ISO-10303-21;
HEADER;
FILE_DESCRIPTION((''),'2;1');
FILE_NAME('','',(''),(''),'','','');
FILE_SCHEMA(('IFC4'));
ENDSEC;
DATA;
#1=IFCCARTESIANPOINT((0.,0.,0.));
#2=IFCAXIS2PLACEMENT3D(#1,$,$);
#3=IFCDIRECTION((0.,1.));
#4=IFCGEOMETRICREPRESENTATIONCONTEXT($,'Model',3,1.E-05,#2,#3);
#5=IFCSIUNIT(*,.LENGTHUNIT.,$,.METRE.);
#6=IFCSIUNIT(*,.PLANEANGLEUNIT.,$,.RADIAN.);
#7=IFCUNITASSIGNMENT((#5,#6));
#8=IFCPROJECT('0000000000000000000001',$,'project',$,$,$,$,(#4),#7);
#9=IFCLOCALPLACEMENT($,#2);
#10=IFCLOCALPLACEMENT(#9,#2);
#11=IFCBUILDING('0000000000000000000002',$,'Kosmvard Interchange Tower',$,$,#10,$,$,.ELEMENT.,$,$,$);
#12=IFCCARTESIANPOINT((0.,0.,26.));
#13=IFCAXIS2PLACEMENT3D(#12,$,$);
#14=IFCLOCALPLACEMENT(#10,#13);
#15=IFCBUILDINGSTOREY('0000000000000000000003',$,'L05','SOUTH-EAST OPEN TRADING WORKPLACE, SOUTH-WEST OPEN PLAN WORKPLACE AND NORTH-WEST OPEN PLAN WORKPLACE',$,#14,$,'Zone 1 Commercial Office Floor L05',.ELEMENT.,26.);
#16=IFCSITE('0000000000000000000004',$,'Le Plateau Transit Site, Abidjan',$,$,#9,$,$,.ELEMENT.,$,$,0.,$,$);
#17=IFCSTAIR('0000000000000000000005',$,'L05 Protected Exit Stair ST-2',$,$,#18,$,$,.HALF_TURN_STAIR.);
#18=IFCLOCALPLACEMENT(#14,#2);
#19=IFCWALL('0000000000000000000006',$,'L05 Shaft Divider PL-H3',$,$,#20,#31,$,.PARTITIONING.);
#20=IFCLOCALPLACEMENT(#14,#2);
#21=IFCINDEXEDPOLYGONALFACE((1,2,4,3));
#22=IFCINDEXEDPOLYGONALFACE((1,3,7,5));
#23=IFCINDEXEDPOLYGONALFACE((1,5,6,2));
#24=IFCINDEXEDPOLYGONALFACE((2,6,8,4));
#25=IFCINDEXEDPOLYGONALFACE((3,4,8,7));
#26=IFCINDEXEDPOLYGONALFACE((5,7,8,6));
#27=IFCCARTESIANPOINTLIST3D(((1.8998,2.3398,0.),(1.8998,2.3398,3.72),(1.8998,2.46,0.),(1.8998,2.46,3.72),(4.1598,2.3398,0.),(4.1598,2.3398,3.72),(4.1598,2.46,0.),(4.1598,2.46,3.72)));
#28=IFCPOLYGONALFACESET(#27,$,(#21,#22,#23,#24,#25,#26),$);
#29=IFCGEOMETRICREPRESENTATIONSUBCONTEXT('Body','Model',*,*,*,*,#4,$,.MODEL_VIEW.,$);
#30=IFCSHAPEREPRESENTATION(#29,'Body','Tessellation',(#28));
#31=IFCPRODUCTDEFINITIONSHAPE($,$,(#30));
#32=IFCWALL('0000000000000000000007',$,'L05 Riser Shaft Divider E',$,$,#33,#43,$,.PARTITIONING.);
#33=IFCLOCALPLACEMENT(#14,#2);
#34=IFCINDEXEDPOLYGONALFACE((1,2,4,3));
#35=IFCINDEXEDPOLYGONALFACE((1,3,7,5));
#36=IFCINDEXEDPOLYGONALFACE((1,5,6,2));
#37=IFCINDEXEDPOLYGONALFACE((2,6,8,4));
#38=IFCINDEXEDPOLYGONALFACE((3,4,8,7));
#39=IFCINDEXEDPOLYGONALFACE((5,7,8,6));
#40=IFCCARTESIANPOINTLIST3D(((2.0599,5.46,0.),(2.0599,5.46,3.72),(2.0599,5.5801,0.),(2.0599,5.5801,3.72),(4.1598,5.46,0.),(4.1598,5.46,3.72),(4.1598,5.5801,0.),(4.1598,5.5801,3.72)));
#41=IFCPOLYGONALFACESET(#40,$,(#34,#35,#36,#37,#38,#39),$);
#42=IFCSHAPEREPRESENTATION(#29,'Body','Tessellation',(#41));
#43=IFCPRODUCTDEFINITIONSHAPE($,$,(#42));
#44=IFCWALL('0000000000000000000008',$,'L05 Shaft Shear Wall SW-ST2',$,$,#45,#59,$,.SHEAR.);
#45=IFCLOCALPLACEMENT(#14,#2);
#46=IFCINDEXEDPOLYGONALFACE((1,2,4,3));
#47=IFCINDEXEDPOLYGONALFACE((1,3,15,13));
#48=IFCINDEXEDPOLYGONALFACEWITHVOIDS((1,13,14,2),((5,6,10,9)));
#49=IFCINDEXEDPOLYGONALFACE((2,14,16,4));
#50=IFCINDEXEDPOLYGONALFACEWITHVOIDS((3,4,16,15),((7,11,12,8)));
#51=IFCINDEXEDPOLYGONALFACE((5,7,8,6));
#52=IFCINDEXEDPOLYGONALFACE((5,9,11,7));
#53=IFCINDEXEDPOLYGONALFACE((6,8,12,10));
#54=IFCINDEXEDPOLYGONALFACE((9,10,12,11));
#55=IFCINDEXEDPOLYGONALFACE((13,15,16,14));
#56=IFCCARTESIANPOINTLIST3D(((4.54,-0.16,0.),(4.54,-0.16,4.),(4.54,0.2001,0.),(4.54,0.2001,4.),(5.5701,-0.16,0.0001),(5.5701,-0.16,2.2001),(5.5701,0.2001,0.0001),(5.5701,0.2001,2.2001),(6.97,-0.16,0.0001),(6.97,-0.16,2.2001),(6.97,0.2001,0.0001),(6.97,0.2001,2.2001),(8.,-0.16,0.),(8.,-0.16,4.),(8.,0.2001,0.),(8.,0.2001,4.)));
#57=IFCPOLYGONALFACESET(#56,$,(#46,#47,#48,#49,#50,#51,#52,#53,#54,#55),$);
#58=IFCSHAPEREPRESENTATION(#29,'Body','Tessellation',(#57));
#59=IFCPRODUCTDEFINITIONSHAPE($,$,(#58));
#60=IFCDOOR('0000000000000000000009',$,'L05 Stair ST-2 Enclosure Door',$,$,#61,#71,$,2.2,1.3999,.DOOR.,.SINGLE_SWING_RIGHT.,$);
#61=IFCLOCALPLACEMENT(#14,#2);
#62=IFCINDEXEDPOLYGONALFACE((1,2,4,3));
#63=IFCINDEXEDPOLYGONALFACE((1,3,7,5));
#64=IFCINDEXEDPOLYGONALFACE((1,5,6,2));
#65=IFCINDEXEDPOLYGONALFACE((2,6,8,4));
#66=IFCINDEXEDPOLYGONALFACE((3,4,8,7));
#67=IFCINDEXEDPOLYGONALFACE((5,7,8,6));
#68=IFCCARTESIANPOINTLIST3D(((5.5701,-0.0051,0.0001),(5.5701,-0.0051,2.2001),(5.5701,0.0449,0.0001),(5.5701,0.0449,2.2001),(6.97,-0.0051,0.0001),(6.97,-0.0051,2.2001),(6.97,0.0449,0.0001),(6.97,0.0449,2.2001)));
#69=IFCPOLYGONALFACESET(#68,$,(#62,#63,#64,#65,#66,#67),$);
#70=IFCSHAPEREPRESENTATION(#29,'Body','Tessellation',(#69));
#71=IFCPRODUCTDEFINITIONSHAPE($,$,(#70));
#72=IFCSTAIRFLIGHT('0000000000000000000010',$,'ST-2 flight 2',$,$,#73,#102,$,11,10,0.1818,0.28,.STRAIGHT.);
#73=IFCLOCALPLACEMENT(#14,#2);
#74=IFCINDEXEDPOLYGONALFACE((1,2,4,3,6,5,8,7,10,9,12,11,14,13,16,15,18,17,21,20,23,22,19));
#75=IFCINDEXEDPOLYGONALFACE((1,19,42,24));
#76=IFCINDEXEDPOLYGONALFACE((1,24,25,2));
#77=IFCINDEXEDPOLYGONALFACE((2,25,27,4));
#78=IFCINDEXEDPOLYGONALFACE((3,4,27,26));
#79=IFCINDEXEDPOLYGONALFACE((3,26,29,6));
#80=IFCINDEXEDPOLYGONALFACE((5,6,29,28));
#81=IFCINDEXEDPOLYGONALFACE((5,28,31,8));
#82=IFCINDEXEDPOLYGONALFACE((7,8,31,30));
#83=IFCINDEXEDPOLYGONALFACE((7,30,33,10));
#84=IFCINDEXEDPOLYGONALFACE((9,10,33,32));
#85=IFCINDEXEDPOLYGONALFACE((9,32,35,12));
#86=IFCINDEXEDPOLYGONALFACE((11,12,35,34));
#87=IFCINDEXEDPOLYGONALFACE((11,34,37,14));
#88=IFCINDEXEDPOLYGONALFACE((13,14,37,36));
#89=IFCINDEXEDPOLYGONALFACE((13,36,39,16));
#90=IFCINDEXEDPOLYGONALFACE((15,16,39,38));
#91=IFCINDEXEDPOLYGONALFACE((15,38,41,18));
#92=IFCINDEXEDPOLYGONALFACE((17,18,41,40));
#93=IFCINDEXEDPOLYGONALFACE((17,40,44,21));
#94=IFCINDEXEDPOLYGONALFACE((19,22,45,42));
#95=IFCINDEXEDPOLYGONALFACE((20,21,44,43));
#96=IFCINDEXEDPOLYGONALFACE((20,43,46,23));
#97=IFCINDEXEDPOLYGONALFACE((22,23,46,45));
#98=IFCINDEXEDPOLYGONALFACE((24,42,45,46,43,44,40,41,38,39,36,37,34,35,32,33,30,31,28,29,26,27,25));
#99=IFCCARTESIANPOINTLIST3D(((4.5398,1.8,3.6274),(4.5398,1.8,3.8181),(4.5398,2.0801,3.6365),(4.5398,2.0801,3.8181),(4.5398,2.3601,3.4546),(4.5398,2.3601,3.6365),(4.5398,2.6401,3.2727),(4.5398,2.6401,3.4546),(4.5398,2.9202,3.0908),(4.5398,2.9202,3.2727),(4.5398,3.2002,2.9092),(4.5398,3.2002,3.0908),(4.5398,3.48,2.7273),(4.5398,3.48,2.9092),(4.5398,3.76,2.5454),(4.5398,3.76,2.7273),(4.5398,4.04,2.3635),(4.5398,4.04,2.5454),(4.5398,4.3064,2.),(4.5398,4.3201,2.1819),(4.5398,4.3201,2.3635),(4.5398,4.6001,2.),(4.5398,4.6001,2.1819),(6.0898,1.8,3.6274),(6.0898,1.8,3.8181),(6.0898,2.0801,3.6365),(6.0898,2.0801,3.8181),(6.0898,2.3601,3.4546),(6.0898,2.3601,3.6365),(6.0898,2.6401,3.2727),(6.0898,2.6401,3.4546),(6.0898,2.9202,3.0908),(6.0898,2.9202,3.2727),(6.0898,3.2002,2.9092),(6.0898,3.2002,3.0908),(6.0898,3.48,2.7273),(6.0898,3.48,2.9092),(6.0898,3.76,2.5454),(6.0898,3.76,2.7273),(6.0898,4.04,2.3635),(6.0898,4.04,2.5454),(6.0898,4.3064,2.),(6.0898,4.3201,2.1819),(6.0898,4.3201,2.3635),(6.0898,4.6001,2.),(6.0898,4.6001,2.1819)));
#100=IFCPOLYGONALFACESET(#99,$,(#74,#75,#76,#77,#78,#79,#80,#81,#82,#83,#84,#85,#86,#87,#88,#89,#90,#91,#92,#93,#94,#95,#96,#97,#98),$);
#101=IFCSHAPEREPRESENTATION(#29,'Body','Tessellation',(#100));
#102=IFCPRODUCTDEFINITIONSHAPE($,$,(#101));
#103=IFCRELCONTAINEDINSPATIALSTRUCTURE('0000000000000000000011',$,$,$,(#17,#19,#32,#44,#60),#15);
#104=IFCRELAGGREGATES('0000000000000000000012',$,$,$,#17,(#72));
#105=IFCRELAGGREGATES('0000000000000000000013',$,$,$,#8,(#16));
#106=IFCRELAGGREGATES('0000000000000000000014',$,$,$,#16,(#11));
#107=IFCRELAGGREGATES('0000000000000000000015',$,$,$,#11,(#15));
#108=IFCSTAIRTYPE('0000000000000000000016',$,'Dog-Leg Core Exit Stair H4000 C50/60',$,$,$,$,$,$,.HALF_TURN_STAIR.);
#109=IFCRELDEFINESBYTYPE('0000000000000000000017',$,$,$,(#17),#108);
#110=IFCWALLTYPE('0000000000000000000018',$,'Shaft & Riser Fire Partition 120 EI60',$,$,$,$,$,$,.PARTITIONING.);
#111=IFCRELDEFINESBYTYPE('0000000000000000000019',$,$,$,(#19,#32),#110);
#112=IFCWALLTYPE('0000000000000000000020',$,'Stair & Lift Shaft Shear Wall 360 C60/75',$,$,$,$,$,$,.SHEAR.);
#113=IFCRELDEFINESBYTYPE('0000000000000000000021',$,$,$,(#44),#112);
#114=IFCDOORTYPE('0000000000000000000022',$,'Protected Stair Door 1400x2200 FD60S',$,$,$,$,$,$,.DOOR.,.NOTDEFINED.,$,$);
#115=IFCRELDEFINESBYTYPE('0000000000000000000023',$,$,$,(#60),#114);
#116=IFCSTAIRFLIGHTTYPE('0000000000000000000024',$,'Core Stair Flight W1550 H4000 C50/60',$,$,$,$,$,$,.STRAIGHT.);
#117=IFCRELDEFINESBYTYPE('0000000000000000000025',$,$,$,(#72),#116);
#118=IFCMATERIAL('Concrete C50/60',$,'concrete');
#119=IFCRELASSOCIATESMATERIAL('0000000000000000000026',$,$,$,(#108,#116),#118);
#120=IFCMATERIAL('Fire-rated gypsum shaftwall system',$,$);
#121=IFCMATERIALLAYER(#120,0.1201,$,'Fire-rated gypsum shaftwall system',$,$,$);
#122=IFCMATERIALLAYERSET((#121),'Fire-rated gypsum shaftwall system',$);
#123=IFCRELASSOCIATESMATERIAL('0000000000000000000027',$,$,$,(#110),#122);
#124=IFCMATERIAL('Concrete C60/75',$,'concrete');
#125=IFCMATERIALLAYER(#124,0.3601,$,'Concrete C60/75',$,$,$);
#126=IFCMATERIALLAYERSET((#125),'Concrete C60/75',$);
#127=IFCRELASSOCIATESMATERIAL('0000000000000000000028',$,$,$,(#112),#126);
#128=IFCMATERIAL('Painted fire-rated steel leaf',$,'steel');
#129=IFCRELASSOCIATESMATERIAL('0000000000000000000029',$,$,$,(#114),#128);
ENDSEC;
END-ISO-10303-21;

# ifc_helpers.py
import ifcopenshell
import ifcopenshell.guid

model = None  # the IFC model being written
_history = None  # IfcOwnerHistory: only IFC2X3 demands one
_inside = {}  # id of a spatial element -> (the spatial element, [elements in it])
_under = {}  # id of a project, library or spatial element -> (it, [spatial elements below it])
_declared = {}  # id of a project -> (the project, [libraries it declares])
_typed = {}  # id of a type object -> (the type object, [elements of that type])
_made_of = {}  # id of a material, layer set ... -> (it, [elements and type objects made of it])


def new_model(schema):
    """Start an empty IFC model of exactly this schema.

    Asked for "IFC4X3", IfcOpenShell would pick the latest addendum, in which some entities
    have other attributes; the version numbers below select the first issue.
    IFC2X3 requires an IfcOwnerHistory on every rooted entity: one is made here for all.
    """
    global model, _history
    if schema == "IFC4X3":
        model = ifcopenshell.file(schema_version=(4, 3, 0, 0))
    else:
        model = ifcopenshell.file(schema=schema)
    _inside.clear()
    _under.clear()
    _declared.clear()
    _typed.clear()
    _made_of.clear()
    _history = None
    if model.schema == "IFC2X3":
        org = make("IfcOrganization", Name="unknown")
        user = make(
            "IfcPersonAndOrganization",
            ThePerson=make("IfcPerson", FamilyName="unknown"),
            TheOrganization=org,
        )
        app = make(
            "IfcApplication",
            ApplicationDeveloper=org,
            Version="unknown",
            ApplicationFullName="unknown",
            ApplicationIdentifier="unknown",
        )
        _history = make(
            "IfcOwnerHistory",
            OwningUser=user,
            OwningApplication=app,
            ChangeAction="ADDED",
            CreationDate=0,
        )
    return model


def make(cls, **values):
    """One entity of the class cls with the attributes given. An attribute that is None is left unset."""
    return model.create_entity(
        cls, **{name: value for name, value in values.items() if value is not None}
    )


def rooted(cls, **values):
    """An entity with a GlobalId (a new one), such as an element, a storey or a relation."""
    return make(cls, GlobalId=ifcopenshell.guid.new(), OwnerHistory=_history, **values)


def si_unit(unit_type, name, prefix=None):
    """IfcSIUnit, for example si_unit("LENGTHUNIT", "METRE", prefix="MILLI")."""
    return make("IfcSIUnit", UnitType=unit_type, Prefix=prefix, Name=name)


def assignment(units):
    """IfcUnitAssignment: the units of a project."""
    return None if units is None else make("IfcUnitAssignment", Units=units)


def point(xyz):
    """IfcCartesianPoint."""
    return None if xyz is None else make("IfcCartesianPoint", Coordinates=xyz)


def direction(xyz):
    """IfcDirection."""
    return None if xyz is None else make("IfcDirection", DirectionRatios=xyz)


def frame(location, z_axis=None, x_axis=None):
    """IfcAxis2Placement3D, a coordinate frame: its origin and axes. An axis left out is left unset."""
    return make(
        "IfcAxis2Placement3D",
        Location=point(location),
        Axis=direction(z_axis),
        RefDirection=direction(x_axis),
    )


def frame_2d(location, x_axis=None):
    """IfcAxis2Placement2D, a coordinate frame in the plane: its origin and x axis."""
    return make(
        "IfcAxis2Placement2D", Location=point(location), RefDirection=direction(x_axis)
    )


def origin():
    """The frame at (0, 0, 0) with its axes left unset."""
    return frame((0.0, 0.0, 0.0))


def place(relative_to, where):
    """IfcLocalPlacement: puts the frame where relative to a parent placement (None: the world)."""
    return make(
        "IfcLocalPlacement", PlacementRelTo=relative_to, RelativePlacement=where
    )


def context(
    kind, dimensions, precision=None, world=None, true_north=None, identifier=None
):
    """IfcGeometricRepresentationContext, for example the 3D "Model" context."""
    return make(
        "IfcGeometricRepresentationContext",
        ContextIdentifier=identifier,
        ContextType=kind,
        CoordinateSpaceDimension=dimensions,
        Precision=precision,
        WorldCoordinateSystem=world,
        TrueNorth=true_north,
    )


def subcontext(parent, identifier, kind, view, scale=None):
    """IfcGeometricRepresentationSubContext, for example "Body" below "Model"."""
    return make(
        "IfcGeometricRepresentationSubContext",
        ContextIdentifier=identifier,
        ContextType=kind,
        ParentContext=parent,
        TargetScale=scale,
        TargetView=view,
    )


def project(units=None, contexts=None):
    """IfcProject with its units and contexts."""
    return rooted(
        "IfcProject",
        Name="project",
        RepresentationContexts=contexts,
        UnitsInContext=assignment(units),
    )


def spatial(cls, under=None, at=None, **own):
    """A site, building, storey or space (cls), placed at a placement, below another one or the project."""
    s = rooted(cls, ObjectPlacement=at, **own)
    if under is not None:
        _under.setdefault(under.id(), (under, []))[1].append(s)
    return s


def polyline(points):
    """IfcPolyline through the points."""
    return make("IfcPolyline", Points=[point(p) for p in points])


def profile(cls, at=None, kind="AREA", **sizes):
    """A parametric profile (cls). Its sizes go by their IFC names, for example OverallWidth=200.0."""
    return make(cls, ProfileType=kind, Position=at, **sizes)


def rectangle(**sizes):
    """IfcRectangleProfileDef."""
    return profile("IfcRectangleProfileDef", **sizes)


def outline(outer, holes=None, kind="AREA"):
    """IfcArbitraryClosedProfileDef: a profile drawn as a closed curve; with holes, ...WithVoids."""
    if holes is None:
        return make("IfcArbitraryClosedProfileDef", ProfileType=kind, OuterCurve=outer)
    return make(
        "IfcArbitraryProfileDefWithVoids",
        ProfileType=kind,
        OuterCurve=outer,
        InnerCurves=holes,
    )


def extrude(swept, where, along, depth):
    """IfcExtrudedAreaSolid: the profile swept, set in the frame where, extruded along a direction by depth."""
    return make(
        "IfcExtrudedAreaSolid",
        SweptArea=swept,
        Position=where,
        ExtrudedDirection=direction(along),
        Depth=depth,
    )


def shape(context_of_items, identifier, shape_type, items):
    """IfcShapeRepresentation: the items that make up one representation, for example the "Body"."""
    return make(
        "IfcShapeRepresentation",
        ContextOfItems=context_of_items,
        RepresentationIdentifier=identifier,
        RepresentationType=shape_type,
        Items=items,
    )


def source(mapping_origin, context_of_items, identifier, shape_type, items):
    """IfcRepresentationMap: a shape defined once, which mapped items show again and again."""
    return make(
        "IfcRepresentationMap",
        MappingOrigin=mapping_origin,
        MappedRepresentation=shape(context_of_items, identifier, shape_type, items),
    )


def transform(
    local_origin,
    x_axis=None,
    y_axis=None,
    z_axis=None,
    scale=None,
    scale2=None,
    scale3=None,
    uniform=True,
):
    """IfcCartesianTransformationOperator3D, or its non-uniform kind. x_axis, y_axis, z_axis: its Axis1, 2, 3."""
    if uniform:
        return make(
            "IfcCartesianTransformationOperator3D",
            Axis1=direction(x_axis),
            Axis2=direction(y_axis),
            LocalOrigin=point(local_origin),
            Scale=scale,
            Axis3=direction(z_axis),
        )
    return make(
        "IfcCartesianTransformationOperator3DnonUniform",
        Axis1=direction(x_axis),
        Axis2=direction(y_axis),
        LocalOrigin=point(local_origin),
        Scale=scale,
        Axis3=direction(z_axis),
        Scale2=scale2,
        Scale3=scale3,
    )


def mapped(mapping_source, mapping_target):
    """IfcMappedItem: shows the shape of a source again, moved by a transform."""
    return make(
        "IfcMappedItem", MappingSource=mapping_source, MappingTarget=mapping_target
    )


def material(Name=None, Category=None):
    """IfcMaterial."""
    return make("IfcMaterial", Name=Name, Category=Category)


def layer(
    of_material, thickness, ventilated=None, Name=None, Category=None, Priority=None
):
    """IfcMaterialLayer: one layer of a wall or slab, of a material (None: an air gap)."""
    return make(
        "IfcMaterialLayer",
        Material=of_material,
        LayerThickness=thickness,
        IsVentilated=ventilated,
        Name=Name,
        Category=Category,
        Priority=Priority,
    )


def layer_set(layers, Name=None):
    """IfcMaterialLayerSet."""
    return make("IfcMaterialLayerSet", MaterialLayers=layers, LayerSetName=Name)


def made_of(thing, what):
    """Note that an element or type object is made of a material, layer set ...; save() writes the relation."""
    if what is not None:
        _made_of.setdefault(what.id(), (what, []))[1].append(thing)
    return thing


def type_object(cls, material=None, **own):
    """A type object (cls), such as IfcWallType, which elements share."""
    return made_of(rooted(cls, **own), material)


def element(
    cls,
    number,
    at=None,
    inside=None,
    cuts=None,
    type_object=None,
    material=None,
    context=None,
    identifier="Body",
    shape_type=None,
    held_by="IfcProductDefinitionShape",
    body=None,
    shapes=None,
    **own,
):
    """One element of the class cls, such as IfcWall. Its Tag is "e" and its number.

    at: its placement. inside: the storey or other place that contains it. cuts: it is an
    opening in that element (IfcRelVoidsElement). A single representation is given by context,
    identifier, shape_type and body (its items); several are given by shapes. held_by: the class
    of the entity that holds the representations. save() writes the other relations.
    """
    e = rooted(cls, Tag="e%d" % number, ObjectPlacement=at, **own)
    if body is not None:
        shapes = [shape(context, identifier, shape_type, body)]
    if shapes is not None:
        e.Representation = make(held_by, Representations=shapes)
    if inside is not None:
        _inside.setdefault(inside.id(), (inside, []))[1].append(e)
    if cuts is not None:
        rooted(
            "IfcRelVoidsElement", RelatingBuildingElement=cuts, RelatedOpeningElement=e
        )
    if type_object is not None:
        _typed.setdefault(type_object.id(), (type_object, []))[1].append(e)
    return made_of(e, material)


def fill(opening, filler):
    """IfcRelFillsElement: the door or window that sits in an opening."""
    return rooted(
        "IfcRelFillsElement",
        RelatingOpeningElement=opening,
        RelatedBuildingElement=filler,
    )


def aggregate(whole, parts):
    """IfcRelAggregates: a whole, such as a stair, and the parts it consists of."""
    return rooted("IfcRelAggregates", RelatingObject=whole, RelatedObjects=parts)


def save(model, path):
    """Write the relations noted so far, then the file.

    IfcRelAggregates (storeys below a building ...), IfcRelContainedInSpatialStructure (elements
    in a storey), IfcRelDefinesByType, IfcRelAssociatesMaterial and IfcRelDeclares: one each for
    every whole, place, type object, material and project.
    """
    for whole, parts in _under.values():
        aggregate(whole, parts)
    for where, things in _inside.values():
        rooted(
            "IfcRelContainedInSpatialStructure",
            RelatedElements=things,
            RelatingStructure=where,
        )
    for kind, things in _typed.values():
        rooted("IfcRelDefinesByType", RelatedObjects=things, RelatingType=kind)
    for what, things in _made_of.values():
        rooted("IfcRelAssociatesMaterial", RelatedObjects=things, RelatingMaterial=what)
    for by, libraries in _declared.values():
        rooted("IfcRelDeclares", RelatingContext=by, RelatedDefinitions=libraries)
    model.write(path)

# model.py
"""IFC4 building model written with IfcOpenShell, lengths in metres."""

from ifc_helpers import new_model, si_unit, direction, frame, frame_2d, origin, place, context, subcontext, project, spatial, polyline, rectangle, outline, extrude, source, transform, mapped, material, layer, layer_set, type_object, element, fill, aggregate, save


model = new_model("IFC4")

# Units and contexts
model_context = context("Model", 3, precision=1e-05, world=origin(), true_north=direction((0.0, 1.0)))
body_context = subcontext(model_context, "Body", "Model", "MODEL_VIEW")
ifc_project = project(units=[si_unit("LENGTHUNIT", "METRE"), si_unit("PLANEANGLEUNIT", "RADIAN")], contexts=[model_context])

# Site, building, storey
site_placement = place(None, origin())
site = spatial("IfcSite", under=ifc_project, at=site_placement, Name="Le Plateau Transit Site, Abidjan", CompositionType="ELEMENT", RefElevation=0.0)
building_placement = place(site_placement, origin())
building = spatial("IfcBuilding", under=site, at=building_placement, Name="Kosmvard Interchange Tower", CompositionType="ELEMENT")
storey_placement = place(building_placement, frame((0.0, 0.0, 26.0)))
storey = spatial("IfcBuildingStorey", under=building, at=storey_placement, Name="L05", Description="SOUTH-EAST OPEN TRADING WORKPLACE, SOUTH-WEST OPEN PLAN WORKPLACE AND NORTH-WEST OPEN PLAN WORKPLACE", LongName="Zone 1 Commercial Office Floor L05", CompositionType="ELEMENT", Elevation=26.0)

# Shared definitions
ifc_material_1 = material(Name="Concrete C60/75", Category="concrete")

# Stair
ifc_material_2 = material(Name="Concrete C50/60", Category="concrete")
stair_type = type_object("IfcStairType", Name="Dog-Leg Core Exit Stair H4000 C50/60", PredefinedType="HALF_TURN_STAIR", material=ifc_material_2)
stair_1_placement = place(storey_placement, origin())
stair_1 = element("IfcStair", 1, at=stair_1_placement, inside=storey, type_object=stair_type, Name="L05 Protected Exit Stair ST-2", PredefinedType="HALF_TURN_STAIR")

# Walls
ifc_material_3 = material(Name="Fire-rated gypsum shaftwall system")
ifc_layer_1 = layer(ifc_material_3, 0.1201, Name="Fire-rated gypsum shaftwall system")
ifc_layer_set_1 = layer_set([ifc_layer_1], Name="Fire-rated gypsum shaftwall system")
wall_type_1 = type_object("IfcWallType", Name="Shaft & Riser Fire Partition 120 EI60", PredefinedType="PARTITIONING", material=ifc_layer_set_1)
wall_1_placement = place(storey_placement, frame((1.8999, 2.3999, 0.0), z_axis=(0.0, 0.0, 1.0), x_axis=(1.0, 0.0, 0.0)))
element("IfcWall", 2, at=wall_1_placement, inside=storey, type_object=wall_type_1, Name="L05 Shaft Divider PL-H3", PredefinedType="PARTITIONING", context=body_context, shape_type="SweptSolid", body=[
    extrude(rectangle(XDim=2.26, YDim=0.1201, at=frame_2d((1.1299, 0.0))), origin(), (0.0, 0.0, 1.0), 3.72),
])
wall_2_placement = place(storey_placement, frame((2.0601, 5.52, 0.0), z_axis=(0.0, 0.0, 1.0), x_axis=(1.0, 0.0, 0.0)))
element("IfcWall", 3, at=wall_2_placement, inside=storey, type_object=wall_type_1, Name="L05 Riser Shaft Divider E", PredefinedType="PARTITIONING", context=body_context, shape_type="SweptSolid", body=[
    extrude(rectangle(XDim=2.0999, YDim=0.1201, at=frame_2d((1.0498, 0.0))), origin(), (0.0, 0.0, 1.0), 3.72),
])

# Wall, opening, door
ifc_layer_2 = layer(ifc_material_1, 0.3601, Name="Concrete C60/75")
ifc_layer_set_2 = layer_set([ifc_layer_2], Name="Concrete C60/75")
wall_type_2 = type_object("IfcWallType", Name="Stair & Lift Shaft Shear Wall 360 C60/75", PredefinedType="SHEAR", material=ifc_layer_set_2)
wall_3_placement = place(storey_placement, frame((4.54, 0.02, 0.0), z_axis=(0.0, 0.0, 1.0), x_axis=(1.0, 0.0, 0.0)))
wall_3 = element("IfcWall", 4, at=wall_3_placement, inside=storey, type_object=wall_type_2, Name="L05 Shaft Shear Wall SW-ST2", PredefinedType="SHEAR", context=body_context, shape_type="SweptSolid", body=[
    extrude(rectangle(XDim=3.46, YDim=0.3601, at=frame_2d((1.73, 0.0))), origin(), (0.0, 0.0, 1.0), 4.0),
])
opening_placement = place(wall_3_placement, frame((1.03, 0.0, 0.0)))
opening = element("IfcOpeningElement", 5, at=opening_placement, cuts=wall_3, PredefinedType="OPENING", context=body_context, shape_type="SweptSolid", body=[
    extrude(rectangle(XDim=1.3999, YDim=2.2, at=frame_2d((0.7, 1.1001))), frame((0.0, 0.1899, 0.0), z_axis=(0.0, -1.0, 0.0), x_axis=(1.0, 0.0, 0.0)), (0.0, 0.0, 1.0), 0.3801),
])
ifc_material_4 = material(Name="Painted fire-rated steel leaf", Category="steel")
door_type = type_object("IfcDoorType", Name="Protected Stair Door 1400x2200 FD60S", OperationType="NOTDEFINED", PredefinedType="DOOR", material=ifc_material_4)
shared_shape_1 = source(origin(), body_context, "Body", "SweptSolid", [
    extrude(rectangle(XDim=1.3999, YDim=2.2, at=frame_2d((0.7, 1.1001))), frame((0.0, 0.0249, 0.0), z_axis=(0.0, -1.0, 0.0), x_axis=(1.0, 0.0, 0.0)), (0.0, 0.0, 1.0), 0.05),
])
door_placement = place(opening_placement, origin())
door = element("IfcDoor", 6, at=door_placement, inside=storey, type_object=door_type, Name="L05 Stair ST-2 Enclosure Door", OperationType="SINGLE_SWING_RIGHT", OverallHeight=2.2, OverallWidth=1.3999, PredefinedType="DOOR", context=body_context, shape_type="MappedRepresentation", body=[
    mapped(shared_shape_1, transform((0.0, 0.0, 0.0), scale=1.0)),
])
fill(opening, door)

# Stair flight
stair_flight_type = type_object("IfcStairFlightType", Name="Core Stair Flight W1550 H4000 C50/60", PredefinedType="STRAIGHT", material=ifc_material_2)
shared_shape_2 = source(origin(), body_context, "Body", "SweptSolid", [
    extrude(outline(polyline([(0.0, 0.0), (0.0, 0.1819), (0.28, 0.1819), (0.28, 0.3635), (0.5601, 0.3635), (0.5601, 0.5454), (0.8401, 0.5454), (0.8401, 0.7273), (1.1201, 0.7273), (1.1201, 0.9092), (1.3999, 0.9092), (1.3999, 1.0908), (1.6799, 1.0908), (1.6799, 1.2727), (1.96, 1.2727), (1.96, 1.4546), (2.24, 1.4546), (2.24, 1.6365), (2.52, 1.6365), (2.52, 1.8181), (2.8, 1.8181), (2.8, 2.0), (2.8, 1.6274), (0.2937, 0.0), (0.0, 0.0)])), frame((0.0, 0.7749, 0.0), z_axis=(0.0, -1.0, 0.0), x_axis=(1.0, 0.0, 0.0)), (0.0, 0.0, 1.0), 1.55),
])
stair_flight_placement = place(storey_placement, frame((5.3149, 4.6001, 2.0), z_axis=(0.0, 0.0, 1.0), x_axis=(0.0, -1.0, 0.0)))
stair_flight = element("IfcStairFlight", 7, at=stair_flight_placement, type_object=stair_flight_type, Name="ST-2 flight 2", NumberOfRisers=11, NumberOfTreads=10, PredefinedType="STRAIGHT", RiserHeight=0.1818, TreadLength=0.28, context=body_context, shape_type="MappedRepresentation", body=[
    mapped(shared_shape_2, transform((0.0, 0.0, 0.0), scale=1.0)),
])
aggregate(stair_1, [stair_flight])

save(model, "model.ifc")
